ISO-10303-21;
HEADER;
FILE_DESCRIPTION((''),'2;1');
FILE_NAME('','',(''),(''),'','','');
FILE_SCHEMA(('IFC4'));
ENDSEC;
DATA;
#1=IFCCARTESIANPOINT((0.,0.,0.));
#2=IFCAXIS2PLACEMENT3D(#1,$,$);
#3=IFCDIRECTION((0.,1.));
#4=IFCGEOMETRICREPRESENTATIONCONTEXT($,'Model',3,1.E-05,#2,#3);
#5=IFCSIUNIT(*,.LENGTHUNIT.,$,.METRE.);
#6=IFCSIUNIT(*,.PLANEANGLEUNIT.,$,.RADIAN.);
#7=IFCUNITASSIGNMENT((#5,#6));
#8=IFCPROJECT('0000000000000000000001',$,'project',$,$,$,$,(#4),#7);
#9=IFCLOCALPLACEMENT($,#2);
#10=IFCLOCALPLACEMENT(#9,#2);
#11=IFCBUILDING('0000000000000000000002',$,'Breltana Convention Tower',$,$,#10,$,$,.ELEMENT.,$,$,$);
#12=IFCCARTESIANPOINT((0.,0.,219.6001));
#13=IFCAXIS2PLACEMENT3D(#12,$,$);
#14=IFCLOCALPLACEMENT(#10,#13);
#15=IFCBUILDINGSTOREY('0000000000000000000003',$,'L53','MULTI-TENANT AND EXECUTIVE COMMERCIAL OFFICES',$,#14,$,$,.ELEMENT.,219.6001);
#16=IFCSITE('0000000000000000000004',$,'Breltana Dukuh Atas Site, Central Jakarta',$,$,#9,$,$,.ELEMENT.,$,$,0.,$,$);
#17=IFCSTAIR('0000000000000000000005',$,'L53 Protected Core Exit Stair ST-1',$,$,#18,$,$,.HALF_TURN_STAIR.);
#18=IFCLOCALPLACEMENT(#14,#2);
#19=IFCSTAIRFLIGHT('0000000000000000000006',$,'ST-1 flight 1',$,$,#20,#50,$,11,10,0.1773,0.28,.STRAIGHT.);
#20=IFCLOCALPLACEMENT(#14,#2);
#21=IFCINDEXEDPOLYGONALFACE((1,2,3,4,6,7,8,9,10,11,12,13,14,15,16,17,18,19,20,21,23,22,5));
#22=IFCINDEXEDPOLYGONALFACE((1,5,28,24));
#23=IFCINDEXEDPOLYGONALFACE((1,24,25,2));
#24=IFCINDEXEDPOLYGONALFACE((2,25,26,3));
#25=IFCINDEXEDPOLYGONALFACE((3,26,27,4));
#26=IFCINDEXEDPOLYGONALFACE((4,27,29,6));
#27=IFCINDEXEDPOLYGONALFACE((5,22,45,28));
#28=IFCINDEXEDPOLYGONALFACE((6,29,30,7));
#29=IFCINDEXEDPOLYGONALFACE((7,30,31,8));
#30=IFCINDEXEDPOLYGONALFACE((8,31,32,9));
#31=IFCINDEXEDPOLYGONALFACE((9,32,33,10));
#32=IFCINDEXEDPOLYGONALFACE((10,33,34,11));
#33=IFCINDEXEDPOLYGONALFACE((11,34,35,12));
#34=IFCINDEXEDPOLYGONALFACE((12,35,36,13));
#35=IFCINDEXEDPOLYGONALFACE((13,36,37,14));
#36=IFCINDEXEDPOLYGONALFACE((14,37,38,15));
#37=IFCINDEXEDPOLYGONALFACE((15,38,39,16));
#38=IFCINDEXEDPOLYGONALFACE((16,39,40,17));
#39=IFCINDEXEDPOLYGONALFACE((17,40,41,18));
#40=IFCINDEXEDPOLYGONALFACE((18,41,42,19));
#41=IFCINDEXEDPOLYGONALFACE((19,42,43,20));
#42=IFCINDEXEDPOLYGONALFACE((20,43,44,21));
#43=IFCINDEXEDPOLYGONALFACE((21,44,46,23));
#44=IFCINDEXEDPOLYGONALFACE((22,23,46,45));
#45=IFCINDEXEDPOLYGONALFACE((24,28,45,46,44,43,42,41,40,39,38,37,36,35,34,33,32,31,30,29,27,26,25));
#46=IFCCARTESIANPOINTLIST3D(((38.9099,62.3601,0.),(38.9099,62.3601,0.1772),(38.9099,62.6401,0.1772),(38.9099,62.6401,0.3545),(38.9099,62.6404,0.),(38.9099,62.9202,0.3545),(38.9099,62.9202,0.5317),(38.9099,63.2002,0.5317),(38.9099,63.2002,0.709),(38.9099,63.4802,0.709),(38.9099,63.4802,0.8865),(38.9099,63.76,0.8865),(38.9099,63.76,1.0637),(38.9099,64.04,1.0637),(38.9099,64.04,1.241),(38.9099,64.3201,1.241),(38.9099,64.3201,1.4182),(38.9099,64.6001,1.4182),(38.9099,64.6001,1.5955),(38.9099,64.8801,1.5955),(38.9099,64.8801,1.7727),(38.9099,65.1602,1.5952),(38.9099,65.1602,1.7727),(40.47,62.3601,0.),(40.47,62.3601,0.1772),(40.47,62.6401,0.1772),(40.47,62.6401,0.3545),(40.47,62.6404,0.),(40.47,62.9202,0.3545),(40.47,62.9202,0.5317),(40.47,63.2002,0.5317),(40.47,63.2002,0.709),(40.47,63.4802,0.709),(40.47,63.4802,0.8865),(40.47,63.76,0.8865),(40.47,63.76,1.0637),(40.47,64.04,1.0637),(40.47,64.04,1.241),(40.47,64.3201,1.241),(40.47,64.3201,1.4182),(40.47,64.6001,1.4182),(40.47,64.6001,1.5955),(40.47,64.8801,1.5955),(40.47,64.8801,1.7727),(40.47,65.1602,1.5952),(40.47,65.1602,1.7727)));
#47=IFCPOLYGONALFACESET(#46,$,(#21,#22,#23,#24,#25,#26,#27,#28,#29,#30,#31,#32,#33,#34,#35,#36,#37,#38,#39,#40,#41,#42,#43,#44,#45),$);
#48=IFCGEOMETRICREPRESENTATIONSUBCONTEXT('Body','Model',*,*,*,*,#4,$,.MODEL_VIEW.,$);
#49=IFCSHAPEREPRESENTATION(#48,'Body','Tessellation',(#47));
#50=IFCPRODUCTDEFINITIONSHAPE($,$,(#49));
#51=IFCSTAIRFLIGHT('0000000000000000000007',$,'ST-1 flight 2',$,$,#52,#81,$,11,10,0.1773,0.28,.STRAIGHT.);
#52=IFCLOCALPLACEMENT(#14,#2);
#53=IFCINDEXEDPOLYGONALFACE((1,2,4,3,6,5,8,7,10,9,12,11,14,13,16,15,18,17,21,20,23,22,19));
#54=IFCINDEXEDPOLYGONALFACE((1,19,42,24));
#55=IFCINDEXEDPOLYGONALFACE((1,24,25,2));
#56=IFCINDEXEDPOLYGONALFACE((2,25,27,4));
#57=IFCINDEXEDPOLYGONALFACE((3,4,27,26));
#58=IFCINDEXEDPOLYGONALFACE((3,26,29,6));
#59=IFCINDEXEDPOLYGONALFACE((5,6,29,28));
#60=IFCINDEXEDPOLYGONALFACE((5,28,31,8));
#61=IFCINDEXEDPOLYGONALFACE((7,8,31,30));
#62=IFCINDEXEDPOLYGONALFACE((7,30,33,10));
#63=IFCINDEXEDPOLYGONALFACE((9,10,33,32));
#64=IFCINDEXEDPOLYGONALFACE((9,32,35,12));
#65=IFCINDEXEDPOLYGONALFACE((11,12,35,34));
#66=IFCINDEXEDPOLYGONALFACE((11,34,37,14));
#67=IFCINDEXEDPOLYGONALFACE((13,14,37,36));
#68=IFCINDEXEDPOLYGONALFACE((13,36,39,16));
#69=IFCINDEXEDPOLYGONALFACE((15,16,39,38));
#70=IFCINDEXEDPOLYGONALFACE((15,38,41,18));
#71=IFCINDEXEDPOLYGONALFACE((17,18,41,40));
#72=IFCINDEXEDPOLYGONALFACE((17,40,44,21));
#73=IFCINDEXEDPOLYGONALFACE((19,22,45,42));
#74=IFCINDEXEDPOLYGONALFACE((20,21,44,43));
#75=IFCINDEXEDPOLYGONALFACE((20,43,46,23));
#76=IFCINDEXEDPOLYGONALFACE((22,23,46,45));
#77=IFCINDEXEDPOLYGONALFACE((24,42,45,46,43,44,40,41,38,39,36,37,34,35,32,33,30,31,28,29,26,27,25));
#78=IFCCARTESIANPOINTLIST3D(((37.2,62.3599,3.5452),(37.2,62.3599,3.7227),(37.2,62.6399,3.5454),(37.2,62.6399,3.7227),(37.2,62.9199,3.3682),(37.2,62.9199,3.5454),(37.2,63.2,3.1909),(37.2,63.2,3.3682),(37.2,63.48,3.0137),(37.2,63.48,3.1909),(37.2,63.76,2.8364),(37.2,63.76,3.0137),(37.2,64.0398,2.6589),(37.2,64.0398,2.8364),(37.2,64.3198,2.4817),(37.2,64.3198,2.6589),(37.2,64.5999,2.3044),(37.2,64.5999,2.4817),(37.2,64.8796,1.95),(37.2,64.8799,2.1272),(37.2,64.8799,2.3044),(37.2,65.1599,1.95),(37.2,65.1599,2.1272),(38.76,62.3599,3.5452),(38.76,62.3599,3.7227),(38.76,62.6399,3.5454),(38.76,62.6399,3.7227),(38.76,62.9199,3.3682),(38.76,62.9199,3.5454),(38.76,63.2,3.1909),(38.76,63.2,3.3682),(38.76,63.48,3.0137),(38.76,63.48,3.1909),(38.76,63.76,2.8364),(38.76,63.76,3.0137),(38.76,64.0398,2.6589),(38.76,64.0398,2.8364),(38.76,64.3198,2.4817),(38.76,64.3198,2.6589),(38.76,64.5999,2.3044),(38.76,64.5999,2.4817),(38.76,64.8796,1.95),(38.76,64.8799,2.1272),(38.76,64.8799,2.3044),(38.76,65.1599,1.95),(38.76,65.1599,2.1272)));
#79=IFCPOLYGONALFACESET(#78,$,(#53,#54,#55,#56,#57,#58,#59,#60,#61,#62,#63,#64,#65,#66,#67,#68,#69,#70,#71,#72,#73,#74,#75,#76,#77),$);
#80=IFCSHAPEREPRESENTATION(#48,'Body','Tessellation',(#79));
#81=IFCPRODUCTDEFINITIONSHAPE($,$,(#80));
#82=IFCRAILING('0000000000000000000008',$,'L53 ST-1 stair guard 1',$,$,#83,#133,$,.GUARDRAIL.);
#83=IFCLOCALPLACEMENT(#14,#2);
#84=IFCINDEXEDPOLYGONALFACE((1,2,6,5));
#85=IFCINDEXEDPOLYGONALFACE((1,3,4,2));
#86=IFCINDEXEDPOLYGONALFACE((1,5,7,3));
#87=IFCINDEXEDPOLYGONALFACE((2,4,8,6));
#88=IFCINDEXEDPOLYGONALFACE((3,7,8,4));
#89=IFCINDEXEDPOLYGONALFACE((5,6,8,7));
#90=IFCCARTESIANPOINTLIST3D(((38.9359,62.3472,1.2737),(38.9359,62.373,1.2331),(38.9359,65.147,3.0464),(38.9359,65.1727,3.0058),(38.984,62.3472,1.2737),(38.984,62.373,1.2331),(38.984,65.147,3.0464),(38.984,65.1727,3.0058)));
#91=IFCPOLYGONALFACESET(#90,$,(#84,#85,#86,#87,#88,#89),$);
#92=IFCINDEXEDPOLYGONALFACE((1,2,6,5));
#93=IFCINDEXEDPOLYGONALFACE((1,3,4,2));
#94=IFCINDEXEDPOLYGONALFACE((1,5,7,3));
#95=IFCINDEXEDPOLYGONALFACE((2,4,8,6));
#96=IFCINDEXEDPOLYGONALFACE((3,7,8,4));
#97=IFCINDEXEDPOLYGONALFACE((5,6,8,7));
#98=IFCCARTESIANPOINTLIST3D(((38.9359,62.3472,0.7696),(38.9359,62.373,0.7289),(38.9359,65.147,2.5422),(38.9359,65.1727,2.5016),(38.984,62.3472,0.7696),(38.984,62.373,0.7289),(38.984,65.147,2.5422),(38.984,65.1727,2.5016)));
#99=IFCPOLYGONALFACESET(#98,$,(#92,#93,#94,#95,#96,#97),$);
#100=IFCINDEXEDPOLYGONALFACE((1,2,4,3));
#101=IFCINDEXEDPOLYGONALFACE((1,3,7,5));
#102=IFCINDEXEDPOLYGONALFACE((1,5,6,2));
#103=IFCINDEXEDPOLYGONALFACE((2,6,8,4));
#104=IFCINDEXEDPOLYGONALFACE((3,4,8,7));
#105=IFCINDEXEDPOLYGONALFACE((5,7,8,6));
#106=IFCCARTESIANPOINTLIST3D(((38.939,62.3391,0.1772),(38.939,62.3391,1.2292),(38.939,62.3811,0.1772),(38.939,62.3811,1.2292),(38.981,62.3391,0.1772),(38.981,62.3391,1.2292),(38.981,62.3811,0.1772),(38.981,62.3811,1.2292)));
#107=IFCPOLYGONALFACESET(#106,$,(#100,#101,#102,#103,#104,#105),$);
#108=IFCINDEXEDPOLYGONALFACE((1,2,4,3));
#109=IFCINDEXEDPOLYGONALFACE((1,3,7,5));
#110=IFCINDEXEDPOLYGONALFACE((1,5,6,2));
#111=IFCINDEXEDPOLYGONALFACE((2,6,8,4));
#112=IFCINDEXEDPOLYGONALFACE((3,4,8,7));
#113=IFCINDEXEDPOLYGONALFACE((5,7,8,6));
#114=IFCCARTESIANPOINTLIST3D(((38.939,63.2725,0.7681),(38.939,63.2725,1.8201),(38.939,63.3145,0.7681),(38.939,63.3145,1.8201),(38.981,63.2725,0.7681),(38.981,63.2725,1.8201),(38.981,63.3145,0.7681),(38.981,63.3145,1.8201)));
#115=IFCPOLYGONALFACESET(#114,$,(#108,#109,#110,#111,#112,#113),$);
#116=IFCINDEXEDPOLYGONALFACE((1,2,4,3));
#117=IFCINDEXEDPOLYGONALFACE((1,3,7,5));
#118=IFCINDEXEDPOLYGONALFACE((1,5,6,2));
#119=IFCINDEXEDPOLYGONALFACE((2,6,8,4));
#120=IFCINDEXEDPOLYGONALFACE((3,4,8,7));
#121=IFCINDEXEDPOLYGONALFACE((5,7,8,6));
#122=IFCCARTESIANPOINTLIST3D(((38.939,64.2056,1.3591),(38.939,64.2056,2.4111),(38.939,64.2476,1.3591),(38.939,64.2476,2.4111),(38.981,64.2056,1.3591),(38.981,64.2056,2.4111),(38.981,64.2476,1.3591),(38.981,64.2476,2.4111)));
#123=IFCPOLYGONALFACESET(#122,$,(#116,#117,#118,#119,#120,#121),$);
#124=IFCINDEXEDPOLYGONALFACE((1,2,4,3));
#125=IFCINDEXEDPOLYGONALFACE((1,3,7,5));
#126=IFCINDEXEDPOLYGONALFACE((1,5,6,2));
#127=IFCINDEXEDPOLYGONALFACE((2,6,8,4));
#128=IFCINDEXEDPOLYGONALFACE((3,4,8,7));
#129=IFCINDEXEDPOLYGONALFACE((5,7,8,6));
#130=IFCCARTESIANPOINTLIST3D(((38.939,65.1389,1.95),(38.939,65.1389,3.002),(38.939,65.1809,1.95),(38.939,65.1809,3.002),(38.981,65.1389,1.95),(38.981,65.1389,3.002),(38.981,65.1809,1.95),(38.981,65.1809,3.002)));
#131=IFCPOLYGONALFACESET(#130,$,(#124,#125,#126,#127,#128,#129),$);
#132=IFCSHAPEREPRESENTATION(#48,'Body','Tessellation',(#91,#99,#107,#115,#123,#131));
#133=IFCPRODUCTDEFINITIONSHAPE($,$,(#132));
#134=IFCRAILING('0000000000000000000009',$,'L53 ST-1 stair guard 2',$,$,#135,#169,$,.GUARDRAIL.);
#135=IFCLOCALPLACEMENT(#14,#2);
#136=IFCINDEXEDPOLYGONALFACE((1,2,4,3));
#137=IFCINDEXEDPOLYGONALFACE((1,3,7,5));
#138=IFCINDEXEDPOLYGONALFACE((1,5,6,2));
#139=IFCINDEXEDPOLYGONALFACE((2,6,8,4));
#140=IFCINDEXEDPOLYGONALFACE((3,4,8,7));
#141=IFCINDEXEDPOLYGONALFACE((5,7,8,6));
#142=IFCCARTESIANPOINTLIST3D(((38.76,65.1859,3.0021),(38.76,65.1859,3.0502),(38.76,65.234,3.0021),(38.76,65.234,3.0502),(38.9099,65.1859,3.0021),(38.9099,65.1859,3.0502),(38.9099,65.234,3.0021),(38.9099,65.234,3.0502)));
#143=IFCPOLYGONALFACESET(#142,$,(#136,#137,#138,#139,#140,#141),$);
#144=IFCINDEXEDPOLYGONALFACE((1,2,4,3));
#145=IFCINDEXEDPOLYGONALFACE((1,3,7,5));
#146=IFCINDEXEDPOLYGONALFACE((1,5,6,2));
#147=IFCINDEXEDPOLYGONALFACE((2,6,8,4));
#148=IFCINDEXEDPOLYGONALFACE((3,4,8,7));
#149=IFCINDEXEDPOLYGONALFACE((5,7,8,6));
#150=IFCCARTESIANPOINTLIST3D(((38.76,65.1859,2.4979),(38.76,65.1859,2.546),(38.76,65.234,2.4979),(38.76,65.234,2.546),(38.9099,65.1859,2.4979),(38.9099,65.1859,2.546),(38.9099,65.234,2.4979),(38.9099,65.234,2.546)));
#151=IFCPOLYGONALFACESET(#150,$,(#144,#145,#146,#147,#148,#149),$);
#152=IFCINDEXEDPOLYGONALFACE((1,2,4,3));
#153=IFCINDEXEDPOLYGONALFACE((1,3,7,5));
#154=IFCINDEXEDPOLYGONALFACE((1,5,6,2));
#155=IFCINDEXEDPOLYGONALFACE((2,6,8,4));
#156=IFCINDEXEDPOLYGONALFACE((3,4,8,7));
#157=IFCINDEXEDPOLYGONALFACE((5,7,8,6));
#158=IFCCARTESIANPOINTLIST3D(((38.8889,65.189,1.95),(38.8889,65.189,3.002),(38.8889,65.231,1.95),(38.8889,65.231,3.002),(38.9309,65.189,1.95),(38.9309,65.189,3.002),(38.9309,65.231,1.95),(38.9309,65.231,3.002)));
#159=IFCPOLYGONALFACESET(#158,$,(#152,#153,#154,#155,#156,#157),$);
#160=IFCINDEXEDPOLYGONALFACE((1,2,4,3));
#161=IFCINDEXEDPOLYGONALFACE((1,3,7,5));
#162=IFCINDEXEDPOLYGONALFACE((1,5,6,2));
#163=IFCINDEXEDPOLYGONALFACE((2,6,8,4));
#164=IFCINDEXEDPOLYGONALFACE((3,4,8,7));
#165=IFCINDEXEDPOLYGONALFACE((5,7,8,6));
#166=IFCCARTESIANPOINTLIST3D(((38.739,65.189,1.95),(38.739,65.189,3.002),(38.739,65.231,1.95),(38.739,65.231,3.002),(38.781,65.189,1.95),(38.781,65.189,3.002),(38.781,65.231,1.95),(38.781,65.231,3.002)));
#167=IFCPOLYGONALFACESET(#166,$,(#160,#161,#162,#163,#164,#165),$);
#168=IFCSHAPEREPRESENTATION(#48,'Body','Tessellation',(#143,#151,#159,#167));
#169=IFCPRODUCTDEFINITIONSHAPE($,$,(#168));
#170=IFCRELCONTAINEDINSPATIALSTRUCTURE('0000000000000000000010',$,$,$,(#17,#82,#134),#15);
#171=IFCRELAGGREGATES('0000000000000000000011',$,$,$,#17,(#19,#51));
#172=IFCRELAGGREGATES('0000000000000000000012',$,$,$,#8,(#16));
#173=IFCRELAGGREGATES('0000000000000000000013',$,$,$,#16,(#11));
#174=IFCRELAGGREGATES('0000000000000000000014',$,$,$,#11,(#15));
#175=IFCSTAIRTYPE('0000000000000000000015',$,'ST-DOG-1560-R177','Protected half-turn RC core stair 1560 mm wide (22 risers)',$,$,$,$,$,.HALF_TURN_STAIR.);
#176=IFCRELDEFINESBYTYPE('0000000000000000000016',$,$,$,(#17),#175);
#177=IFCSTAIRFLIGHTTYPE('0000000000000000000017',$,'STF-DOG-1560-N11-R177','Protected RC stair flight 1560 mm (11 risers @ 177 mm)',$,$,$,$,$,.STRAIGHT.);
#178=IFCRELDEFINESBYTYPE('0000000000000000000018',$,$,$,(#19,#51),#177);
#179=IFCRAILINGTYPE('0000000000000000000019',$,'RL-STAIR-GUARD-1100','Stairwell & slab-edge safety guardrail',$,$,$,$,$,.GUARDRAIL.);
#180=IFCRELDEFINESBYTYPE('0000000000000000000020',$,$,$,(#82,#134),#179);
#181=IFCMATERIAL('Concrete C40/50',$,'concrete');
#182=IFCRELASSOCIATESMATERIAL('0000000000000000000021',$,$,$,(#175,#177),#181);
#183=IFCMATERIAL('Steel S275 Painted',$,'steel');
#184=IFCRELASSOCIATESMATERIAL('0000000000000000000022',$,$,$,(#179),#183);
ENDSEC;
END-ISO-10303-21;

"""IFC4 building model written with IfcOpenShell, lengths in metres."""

from ifc_helpers import new_model, si_unit, direction, frame, origin, origin_2d, place, context, subcontext, project, spatial, polyline, rectangle, outline, extrude, material, type_object, element, aggregate, save


model = new_model("IFC4")

# Units and contexts
model_context = context("Model", 3, precision=1e-05, world=origin(), true_north=direction((0.0, 1.0)))
body_context = subcontext(model_context, "Body", "Model", "MODEL_VIEW")
ifc_project = project(units=[si_unit("LENGTHUNIT", "METRE"), si_unit("PLANEANGLEUNIT", "RADIAN")], contexts=[model_context])

# Site, building, storey
site_placement = place(None, origin())
site = spatial("IfcSite", under=ifc_project, at=site_placement, Name="Breltana Dukuh Atas Site, Central Jakarta", CompositionType="ELEMENT", RefElevation=0.0)
building_placement = place(site_placement, origin())
building = spatial("IfcBuilding", under=site, at=building_placement, Name="Breltana Convention Tower", CompositionType="ELEMENT")
storey_placement = place(building_placement, frame((0.0, 0.0, 219.6001)))
storey = spatial("IfcBuildingStorey", under=building, at=storey_placement, Name="L53", Description="MULTI-TENANT AND EXECUTIVE COMMERCIAL OFFICES", CompositionType="ELEMENT", Elevation=219.6001)

# Stair, stair flights
ifc_material_1 = material(Name="Concrete C40/50", Category="concrete")
stair_type = type_object("IfcStairType", Name="ST-DOG-1560-R177", Description="Protected half-turn RC core stair 1560 mm wide (22 risers)", PredefinedType="HALF_TURN_STAIR", material=ifc_material_1)
stair_placement = place(storey_placement, origin())
stair = element("IfcStair", 1, at=stair_placement, inside=storey, type_object=stair_type, Name="L53 Protected Core Exit Stair ST-1", PredefinedType="HALF_TURN_STAIR")
stair_flight_type = type_object("IfcStairFlightType", Name="STF-DOG-1560-N11-R177", Description="Protected RC stair flight 1560 mm (11 risers @ 177 mm)", PredefinedType="STRAIGHT", material=ifc_material_1)
stair_flight_1_placement = place(storey_placement, frame((39.6899, 62.3601, 0.0), z_axis=(0.0, 0.0, 1.0), x_axis=(0.0, 1.0, 0.0)))
stair_flight_1 = element("IfcStairFlight", 2, at=stair_flight_1_placement, type_object=stair_flight_type, Name="ST-1 flight 1", NumberOfRisers=11, NumberOfTreads=10, PredefinedType="STRAIGHT", RiserHeight=0.1773, TreadLength=0.28, context=body_context, shape_type="SweptSolid", body=[
    extrude(outline(polyline([(0.0, 0.0), (0.0, 0.1772), (0.28, 0.1772), (0.28, 0.3545), (0.5601, 0.3545), (0.5601, 0.5317), (0.8401, 0.5317), (0.8401, 0.709), (1.1201, 0.709), (1.1201, 0.8865), (1.3999, 0.8865), (1.3999, 1.0637), (1.6799, 1.0637), (1.6799, 1.241), (1.96, 1.241), (1.96, 1.4182), (2.24, 1.4182), (2.24, 1.5955), (2.52, 1.5955), (2.52, 1.7727), (2.8, 1.7727), (2.8, 1.95), (2.8, 1.5952), (0.2803, 0.0), (0.0, 0.0)])), frame((0.0, 0.78, 0.0), z_axis=(0.0, -1.0, 0.0), x_axis=(1.0, 0.0, 0.0)), (0.0, 0.0, 1.0), 1.5601),
])
stair_flight_2_placement = place(storey_placement, frame((37.98, 65.1599, 1.95), z_axis=(0.0, 0.0, 1.0), x_axis=(0.0, -1.0, 0.0)))
stair_flight_2 = element("IfcStairFlight", 3, at=stair_flight_2_placement, type_object=stair_flight_type, Name="ST-1 flight 2", NumberOfRisers=11, NumberOfTreads=10, PredefinedType="STRAIGHT", RiserHeight=0.1773, TreadLength=0.28, context=body_context, shape_type="SweptSolid", body=[
    extrude(outline(polyline([(0.0, 0.0), (0.0, 0.1772), (0.28, 0.1772), (0.28, 0.3545), (0.5601, 0.3545), (0.5601, 0.5317), (0.8401, 0.5317), (0.8401, 0.709), (1.1201, 0.709), (1.1201, 0.8865), (1.3999, 0.8865), (1.3999, 1.0637), (1.6799, 1.0637), (1.6799, 1.241), (1.96, 1.241), (1.96, 1.4182), (2.24, 1.4182), (2.24, 1.5955), (2.52, 1.5955), (2.52, 1.7727), (2.8, 1.7727), (2.8, 1.95), (2.8, 1.5952), (0.2803, 0.0), (0.0, 0.0)])), frame((0.0, 0.78, 0.0), z_axis=(0.0, -1.0, 0.0), x_axis=(1.0, 0.0, 0.0)), (0.0, 0.0, 1.0), 1.5601),
])
aggregate(stair, [stair_flight_1, stair_flight_2])

# Railings
ifc_material_2 = material(Name="Steel S275 Painted", Category="steel")
railing_type_1 = type_object("IfcRailingType", Name="RL-STAIR-GUARD-1100", Description="Stairwell & slab-edge safety guardrail", PredefinedType="GUARDRAIL", material=ifc_material_2)
railing_1_placement = place(storey_placement, frame((38.96, 62.3601, 0.1772)))
element("IfcRailing", 4, at=railing_1_placement, inside=storey, type_object=railing_type_1, Name="L53 ST-1 stair guard 1", PredefinedType="GUARDRAIL", context=body_context, shape_type="SweptSolid", body=[
    extrude(rectangle(XDim=0.0481, YDim=0.0481, at=origin_2d()), frame((0.0, 0.0, 1.0762), z_axis=(0.0, 0.844888, 0.534943), x_axis=(-1.0, 0.0, 0.0)), (0.0, 0.0, 1.0), 3.3137),
    extrude(rectangle(XDim=0.0481, YDim=0.0481, at=origin_2d()), frame((0.0, 0.0, 0.572), z_axis=(0.0, 0.844888, 0.534943), x_axis=(-1.0, 0.0, 0.0)), (0.0, 0.0, 1.0), 3.3137),
    extrude(rectangle(XDim=0.042, YDim=0.042, at=origin_2d()), origin(), (0.0, 0.0, 1.0), 1.052),
    extrude(rectangle(XDim=0.042, YDim=0.042, at=origin_2d()), frame((0.0, 0.9333, 0.5908)), (0.0, 0.0, 1.0), 1.052),
    extrude(rectangle(XDim=0.042, YDim=0.042, at=origin_2d()), frame((0.0, 1.8665, 1.1819)), (0.0, 0.0, 1.0), 1.052),
    extrude(rectangle(XDim=0.042, YDim=0.042, at=origin_2d()), frame((0.0, 2.7998, 1.7727)), (0.0, 0.0, 1.0), 1.052),
])
railing_2_placement = place(storey_placement, frame((38.9099, 65.21, 1.95)))
element("IfcRailing", 5, at=railing_2_placement, inside=storey, type_object=railing_type_1, Name="L53 ST-1 stair guard 2", PredefinedType="GUARDRAIL", context=body_context, shape_type="SweptSolid", body=[
    extrude(rectangle(XDim=0.0481, YDim=0.0481, at=origin_2d()), frame((0.0, 0.0, 1.0762), z_axis=(-1.0, 0.0, 0.0), x_axis=(0.0, -1.0, 0.0)), (0.0, 0.0, 1.0), 0.1499),
    extrude(rectangle(XDim=0.0481, YDim=0.0481, at=origin_2d()), frame((0.0, 0.0, 0.572), z_axis=(-1.0, 0.0, 0.0), x_axis=(0.0, -1.0, 0.0)), (0.0, 0.0, 1.0), 0.1499),
    extrude(rectangle(XDim=0.042, YDim=0.042, at=origin_2d()), origin(), (0.0, 0.0, 1.0), 1.052),
    extrude(rectangle(XDim=0.042, YDim=0.042, at=origin_2d()), frame((-0.1499, 0.0, 0.0)), (0.0, 0.0, 1.0), 1.052),
])

save(model, "model.ifc")
